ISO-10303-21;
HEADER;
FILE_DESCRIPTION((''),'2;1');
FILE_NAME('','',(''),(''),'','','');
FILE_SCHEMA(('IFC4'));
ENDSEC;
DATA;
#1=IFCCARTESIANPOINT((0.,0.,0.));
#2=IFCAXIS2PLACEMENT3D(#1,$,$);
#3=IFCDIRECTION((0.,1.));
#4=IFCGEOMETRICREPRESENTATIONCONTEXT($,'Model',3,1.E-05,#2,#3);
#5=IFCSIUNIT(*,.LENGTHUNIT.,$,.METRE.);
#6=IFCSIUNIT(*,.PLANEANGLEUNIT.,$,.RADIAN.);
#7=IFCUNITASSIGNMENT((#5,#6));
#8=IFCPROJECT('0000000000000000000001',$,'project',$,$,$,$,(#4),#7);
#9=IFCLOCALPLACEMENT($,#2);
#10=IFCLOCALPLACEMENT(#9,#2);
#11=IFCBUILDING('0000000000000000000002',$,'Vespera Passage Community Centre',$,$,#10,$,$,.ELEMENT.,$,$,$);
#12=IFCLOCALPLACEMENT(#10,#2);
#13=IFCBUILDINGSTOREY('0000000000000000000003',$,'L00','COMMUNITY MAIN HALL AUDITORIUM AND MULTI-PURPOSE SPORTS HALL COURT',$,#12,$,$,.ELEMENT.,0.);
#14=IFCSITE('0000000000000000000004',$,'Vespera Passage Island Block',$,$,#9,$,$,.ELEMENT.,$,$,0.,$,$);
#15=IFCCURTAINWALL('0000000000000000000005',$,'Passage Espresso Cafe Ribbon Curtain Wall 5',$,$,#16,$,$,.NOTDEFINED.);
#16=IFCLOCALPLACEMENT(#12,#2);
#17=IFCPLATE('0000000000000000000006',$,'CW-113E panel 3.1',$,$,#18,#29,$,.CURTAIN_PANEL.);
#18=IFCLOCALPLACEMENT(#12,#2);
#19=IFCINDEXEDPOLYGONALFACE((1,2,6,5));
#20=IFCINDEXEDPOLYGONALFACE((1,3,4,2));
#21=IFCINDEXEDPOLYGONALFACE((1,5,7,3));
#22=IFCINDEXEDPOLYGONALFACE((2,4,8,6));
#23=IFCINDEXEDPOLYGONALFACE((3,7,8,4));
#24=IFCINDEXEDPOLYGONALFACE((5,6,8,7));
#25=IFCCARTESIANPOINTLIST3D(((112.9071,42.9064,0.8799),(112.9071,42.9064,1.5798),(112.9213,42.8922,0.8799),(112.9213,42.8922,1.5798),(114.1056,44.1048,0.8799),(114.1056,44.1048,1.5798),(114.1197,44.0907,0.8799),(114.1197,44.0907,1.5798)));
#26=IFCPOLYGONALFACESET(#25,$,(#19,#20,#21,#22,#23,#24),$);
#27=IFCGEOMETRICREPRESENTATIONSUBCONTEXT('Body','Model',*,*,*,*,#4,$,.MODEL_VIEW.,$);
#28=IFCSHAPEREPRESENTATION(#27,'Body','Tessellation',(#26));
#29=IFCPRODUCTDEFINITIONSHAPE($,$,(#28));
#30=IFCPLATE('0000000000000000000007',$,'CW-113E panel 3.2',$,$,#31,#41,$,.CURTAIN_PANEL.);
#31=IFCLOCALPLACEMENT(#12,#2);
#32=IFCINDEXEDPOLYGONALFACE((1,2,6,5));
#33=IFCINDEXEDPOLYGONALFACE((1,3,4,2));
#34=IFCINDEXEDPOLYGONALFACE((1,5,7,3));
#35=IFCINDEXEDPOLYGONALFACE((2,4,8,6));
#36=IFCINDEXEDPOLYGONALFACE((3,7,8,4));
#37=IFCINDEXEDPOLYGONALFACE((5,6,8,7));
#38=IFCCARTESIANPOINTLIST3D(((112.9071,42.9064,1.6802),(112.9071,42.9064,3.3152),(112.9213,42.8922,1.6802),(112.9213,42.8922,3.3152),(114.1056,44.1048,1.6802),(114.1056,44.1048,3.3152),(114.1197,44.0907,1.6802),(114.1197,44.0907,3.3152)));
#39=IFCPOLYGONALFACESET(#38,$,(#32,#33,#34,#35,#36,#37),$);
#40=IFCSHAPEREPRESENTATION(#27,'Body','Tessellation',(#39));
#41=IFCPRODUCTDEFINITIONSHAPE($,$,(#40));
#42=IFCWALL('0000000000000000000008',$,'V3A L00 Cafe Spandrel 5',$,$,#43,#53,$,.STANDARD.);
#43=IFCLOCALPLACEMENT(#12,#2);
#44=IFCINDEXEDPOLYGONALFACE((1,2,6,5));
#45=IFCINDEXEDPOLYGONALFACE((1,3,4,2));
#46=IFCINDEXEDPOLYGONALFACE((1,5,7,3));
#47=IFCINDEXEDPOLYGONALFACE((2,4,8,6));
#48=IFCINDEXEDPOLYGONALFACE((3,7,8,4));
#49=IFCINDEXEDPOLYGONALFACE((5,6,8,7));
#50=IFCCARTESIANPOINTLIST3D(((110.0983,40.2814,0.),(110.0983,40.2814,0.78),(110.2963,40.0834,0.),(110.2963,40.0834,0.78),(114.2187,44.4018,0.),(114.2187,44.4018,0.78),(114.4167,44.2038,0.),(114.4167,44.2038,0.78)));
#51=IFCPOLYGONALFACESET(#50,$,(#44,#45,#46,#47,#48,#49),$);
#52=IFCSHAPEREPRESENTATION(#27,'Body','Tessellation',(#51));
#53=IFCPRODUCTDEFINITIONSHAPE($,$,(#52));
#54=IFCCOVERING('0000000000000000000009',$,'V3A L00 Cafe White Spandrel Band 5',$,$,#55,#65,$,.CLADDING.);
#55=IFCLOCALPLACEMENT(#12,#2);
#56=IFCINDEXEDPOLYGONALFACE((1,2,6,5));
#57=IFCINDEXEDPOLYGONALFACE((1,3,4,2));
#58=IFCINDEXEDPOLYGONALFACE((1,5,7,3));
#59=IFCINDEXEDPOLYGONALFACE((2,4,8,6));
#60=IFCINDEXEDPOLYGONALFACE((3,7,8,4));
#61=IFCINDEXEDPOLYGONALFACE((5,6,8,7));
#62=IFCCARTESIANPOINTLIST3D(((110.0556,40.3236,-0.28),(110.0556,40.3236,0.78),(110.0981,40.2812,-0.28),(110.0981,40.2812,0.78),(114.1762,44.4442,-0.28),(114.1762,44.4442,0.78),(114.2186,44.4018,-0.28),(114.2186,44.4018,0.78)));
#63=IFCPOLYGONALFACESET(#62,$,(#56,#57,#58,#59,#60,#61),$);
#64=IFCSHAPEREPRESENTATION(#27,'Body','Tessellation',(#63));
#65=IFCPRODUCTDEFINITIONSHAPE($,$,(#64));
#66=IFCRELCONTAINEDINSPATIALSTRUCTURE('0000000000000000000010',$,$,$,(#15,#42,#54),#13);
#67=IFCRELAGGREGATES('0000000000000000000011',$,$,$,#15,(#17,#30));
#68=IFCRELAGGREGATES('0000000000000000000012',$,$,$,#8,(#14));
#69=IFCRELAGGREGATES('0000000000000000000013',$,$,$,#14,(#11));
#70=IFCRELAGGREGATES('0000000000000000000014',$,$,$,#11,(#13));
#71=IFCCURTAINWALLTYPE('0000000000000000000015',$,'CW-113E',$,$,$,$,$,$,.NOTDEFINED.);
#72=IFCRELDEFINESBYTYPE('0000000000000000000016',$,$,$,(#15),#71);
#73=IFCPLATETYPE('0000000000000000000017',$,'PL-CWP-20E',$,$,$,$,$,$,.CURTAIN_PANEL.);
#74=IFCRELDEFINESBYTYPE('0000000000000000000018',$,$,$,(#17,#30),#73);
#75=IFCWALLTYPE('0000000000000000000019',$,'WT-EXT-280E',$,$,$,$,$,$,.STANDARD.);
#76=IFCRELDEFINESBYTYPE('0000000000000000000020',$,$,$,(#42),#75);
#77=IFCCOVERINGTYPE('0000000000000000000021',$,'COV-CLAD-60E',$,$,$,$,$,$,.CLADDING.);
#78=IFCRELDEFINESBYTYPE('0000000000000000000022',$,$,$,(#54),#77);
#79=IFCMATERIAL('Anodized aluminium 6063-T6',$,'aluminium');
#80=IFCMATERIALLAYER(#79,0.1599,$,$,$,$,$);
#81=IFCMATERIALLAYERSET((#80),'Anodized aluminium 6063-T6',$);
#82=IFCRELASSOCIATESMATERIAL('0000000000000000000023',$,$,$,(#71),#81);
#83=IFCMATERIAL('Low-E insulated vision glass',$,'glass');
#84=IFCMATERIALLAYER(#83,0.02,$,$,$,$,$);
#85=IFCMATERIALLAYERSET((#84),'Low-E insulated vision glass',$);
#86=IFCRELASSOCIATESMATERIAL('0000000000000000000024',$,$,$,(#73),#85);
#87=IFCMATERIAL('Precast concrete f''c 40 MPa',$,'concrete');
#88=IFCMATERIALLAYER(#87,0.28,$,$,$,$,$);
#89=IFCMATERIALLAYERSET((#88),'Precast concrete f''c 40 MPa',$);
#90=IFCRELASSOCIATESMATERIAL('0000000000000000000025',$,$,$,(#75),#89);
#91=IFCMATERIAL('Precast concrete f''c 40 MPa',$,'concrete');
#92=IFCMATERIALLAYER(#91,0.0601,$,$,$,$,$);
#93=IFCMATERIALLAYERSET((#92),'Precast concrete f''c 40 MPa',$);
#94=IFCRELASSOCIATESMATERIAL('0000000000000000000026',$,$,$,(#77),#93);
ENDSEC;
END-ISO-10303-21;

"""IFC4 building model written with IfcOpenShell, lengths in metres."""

from ifc_helpers import new_model, si_unit, direction, frame, frame_2d, origin, origin_2d, place, context, subcontext, project, spatial, rectangle, extrude, material, layer, layer_set, type_object, element, aggregate, save


model = new_model("IFC4")

# Units and contexts
model_context = context("Model", 3, precision=1e-05, world=origin(), true_north=direction((0.0, 1.0)))
body_context = subcontext(model_context, "Body", "Model", "MODEL_VIEW")
ifc_project = project(units=[si_unit("LENGTHUNIT", "METRE"), si_unit("PLANEANGLEUNIT", "RADIAN")], contexts=[model_context])

# Site, building, storey
site_placement = place(None, origin())
site = spatial("IfcSite", under=ifc_project, at=site_placement, Name="Vespera Passage Island Block", CompositionType="ELEMENT", RefElevation=0.0)
building_placement = place(site_placement, origin())
building = spatial("IfcBuilding", under=site, at=building_placement, Name="Vespera Passage Community Centre", CompositionType="ELEMENT")
storey_placement = place(building_placement, origin())
storey = spatial("IfcBuildingStorey", under=building, at=storey_placement, Name="L00", Description="COMMUNITY MAIN HALL AUDITORIUM AND MULTI-PURPOSE SPORTS HALL COURT", CompositionType="ELEMENT", Elevation=0.0)

# Curtain wall, plates
ifc_material_1 = material(Name="Anodized aluminium 6063-T6", Category="aluminium")
ifc_layer_1 = layer(ifc_material_1, 0.1599)
ifc_layer_set_1 = layer_set([ifc_layer_1], Name="Anodized aluminium 6063-T6")
curtain_wall_type = type_object("IfcCurtainWallType", Name="CW-113E", PredefinedType="NOTDEFINED", material=ifc_layer_set_1)
curtain_wall_placement = place(storey_placement, origin())
curtain_wall = element("IfcCurtainWall", 1, at=curtain_wall_placement, inside=storey, type_object=curtain_wall_type, Name="Passage Espresso Cafe Ribbon Curtain Wall 5", PredefinedType="NOTDEFINED")
ifc_material_2 = material(Name="Low-E insulated vision glass", Category="glass")
ifc_layer_2 = layer(ifc_material_2, 0.02)
ifc_layer_set_2 = layer_set([ifc_layer_2], Name="Low-E insulated vision glass")
plate_type = type_object("IfcPlateType", Name="PL-CWP-20E", PredefinedType="CURTAIN_PANEL", material=ifc_layer_set_2)
plate_1_placement = place(storey_placement, frame((113.5134, 43.4985, 0.8799), z_axis=(0.0, 0.0, 1.0), x_axis=(0.707107, 0.707107, 0.0)))
plate_1 = element("IfcPlate", 2, at=plate_1_placement, type_object=plate_type, Name="CW-113E panel 3.1", PredefinedType="CURTAIN_PANEL", context=body_context, shape_type="SweptSolid", body=[
    extrude(rectangle(XDim=1.6948, YDim=0.02, at=origin_2d()), origin(), (0.0, 0.0, 1.0), 0.7),
])
plate_2_placement = place(storey_placement, frame((113.5134, 43.4985, 1.6802), z_axis=(0.0, 0.0, 1.0), x_axis=(0.707107, 0.707107, 0.0)))
plate_2 = element("IfcPlate", 3, at=plate_2_placement, type_object=plate_type, Name="CW-113E panel 3.2", PredefinedType="CURTAIN_PANEL", context=body_context, shape_type="SweptSolid", body=[
    extrude(rectangle(XDim=1.6948, YDim=0.02, at=origin_2d()), origin(), (0.0, 0.0, 1.0), 1.635),
])
aggregate(curtain_wall, [plate_1, plate_2])

# Wall
ifc_material_3 = material(Name="Precast concrete f'c 40 MPa", Category="concrete")
ifc_layer_3 = layer(ifc_material_3, 0.28)
ifc_layer_set_3 = layer_set([ifc_layer_3], Name="Precast concrete f'c 40 MPa")
wall_type = type_object("IfcWallType", Name="WT-EXT-280E", PredefinedType="STANDARD", material=ifc_layer_set_3)
wall_placement = place(storey_placement, frame((110.1973, 40.1824, 0.0), z_axis=(0.0, 0.0, 1.0), x_axis=(0.707107, 0.707107, 0.0)))
element("IfcWall", 4, at=wall_placement, inside=storey, type_object=wall_type, Name="V3A L00 Cafe Spandrel 5", PredefinedType="STANDARD", context=body_context, shape_type="SweptSolid", body=[
    extrude(rectangle(XDim=5.8271, YDim=0.28, at=frame_2d((2.9136, 0.0))), origin(), (0.0, 0.0, 1.0), 0.78),
])

# Covering
ifc_material_4 = material(Name="Precast concrete f'c 40 MPa", Category="concrete")
ifc_layer_4 = layer(ifc_material_4, 0.0601)
ifc_layer_set_4 = layer_set([ifc_layer_4], Name="Precast concrete f'c 40 MPa")
covering_type = type_object("IfcCoveringType", Name="COV-CLAD-60E", PredefinedType="CLADDING", material=ifc_layer_set_4)
covering_placement = place(storey_placement, frame((110.0769, 40.3025, -0.28), z_axis=(0.0, 0.0, 1.0), x_axis=(0.707107, 0.707107, 0.0)))
element("IfcCovering", 5, at=covering_placement, inside=storey, type_object=covering_type, Name="V3A L00 Cafe White Spandrel Band 5", PredefinedType="CLADDING", context=body_context, shape_type="SweptSolid", body=[
    extrude(rectangle(XDim=5.8274, YDim=0.0601, at=frame_2d((2.9136, 0.0))), origin(), (0.0, 0.0, 1.0), 1.0601),
])

save(model, "model.ifc")
